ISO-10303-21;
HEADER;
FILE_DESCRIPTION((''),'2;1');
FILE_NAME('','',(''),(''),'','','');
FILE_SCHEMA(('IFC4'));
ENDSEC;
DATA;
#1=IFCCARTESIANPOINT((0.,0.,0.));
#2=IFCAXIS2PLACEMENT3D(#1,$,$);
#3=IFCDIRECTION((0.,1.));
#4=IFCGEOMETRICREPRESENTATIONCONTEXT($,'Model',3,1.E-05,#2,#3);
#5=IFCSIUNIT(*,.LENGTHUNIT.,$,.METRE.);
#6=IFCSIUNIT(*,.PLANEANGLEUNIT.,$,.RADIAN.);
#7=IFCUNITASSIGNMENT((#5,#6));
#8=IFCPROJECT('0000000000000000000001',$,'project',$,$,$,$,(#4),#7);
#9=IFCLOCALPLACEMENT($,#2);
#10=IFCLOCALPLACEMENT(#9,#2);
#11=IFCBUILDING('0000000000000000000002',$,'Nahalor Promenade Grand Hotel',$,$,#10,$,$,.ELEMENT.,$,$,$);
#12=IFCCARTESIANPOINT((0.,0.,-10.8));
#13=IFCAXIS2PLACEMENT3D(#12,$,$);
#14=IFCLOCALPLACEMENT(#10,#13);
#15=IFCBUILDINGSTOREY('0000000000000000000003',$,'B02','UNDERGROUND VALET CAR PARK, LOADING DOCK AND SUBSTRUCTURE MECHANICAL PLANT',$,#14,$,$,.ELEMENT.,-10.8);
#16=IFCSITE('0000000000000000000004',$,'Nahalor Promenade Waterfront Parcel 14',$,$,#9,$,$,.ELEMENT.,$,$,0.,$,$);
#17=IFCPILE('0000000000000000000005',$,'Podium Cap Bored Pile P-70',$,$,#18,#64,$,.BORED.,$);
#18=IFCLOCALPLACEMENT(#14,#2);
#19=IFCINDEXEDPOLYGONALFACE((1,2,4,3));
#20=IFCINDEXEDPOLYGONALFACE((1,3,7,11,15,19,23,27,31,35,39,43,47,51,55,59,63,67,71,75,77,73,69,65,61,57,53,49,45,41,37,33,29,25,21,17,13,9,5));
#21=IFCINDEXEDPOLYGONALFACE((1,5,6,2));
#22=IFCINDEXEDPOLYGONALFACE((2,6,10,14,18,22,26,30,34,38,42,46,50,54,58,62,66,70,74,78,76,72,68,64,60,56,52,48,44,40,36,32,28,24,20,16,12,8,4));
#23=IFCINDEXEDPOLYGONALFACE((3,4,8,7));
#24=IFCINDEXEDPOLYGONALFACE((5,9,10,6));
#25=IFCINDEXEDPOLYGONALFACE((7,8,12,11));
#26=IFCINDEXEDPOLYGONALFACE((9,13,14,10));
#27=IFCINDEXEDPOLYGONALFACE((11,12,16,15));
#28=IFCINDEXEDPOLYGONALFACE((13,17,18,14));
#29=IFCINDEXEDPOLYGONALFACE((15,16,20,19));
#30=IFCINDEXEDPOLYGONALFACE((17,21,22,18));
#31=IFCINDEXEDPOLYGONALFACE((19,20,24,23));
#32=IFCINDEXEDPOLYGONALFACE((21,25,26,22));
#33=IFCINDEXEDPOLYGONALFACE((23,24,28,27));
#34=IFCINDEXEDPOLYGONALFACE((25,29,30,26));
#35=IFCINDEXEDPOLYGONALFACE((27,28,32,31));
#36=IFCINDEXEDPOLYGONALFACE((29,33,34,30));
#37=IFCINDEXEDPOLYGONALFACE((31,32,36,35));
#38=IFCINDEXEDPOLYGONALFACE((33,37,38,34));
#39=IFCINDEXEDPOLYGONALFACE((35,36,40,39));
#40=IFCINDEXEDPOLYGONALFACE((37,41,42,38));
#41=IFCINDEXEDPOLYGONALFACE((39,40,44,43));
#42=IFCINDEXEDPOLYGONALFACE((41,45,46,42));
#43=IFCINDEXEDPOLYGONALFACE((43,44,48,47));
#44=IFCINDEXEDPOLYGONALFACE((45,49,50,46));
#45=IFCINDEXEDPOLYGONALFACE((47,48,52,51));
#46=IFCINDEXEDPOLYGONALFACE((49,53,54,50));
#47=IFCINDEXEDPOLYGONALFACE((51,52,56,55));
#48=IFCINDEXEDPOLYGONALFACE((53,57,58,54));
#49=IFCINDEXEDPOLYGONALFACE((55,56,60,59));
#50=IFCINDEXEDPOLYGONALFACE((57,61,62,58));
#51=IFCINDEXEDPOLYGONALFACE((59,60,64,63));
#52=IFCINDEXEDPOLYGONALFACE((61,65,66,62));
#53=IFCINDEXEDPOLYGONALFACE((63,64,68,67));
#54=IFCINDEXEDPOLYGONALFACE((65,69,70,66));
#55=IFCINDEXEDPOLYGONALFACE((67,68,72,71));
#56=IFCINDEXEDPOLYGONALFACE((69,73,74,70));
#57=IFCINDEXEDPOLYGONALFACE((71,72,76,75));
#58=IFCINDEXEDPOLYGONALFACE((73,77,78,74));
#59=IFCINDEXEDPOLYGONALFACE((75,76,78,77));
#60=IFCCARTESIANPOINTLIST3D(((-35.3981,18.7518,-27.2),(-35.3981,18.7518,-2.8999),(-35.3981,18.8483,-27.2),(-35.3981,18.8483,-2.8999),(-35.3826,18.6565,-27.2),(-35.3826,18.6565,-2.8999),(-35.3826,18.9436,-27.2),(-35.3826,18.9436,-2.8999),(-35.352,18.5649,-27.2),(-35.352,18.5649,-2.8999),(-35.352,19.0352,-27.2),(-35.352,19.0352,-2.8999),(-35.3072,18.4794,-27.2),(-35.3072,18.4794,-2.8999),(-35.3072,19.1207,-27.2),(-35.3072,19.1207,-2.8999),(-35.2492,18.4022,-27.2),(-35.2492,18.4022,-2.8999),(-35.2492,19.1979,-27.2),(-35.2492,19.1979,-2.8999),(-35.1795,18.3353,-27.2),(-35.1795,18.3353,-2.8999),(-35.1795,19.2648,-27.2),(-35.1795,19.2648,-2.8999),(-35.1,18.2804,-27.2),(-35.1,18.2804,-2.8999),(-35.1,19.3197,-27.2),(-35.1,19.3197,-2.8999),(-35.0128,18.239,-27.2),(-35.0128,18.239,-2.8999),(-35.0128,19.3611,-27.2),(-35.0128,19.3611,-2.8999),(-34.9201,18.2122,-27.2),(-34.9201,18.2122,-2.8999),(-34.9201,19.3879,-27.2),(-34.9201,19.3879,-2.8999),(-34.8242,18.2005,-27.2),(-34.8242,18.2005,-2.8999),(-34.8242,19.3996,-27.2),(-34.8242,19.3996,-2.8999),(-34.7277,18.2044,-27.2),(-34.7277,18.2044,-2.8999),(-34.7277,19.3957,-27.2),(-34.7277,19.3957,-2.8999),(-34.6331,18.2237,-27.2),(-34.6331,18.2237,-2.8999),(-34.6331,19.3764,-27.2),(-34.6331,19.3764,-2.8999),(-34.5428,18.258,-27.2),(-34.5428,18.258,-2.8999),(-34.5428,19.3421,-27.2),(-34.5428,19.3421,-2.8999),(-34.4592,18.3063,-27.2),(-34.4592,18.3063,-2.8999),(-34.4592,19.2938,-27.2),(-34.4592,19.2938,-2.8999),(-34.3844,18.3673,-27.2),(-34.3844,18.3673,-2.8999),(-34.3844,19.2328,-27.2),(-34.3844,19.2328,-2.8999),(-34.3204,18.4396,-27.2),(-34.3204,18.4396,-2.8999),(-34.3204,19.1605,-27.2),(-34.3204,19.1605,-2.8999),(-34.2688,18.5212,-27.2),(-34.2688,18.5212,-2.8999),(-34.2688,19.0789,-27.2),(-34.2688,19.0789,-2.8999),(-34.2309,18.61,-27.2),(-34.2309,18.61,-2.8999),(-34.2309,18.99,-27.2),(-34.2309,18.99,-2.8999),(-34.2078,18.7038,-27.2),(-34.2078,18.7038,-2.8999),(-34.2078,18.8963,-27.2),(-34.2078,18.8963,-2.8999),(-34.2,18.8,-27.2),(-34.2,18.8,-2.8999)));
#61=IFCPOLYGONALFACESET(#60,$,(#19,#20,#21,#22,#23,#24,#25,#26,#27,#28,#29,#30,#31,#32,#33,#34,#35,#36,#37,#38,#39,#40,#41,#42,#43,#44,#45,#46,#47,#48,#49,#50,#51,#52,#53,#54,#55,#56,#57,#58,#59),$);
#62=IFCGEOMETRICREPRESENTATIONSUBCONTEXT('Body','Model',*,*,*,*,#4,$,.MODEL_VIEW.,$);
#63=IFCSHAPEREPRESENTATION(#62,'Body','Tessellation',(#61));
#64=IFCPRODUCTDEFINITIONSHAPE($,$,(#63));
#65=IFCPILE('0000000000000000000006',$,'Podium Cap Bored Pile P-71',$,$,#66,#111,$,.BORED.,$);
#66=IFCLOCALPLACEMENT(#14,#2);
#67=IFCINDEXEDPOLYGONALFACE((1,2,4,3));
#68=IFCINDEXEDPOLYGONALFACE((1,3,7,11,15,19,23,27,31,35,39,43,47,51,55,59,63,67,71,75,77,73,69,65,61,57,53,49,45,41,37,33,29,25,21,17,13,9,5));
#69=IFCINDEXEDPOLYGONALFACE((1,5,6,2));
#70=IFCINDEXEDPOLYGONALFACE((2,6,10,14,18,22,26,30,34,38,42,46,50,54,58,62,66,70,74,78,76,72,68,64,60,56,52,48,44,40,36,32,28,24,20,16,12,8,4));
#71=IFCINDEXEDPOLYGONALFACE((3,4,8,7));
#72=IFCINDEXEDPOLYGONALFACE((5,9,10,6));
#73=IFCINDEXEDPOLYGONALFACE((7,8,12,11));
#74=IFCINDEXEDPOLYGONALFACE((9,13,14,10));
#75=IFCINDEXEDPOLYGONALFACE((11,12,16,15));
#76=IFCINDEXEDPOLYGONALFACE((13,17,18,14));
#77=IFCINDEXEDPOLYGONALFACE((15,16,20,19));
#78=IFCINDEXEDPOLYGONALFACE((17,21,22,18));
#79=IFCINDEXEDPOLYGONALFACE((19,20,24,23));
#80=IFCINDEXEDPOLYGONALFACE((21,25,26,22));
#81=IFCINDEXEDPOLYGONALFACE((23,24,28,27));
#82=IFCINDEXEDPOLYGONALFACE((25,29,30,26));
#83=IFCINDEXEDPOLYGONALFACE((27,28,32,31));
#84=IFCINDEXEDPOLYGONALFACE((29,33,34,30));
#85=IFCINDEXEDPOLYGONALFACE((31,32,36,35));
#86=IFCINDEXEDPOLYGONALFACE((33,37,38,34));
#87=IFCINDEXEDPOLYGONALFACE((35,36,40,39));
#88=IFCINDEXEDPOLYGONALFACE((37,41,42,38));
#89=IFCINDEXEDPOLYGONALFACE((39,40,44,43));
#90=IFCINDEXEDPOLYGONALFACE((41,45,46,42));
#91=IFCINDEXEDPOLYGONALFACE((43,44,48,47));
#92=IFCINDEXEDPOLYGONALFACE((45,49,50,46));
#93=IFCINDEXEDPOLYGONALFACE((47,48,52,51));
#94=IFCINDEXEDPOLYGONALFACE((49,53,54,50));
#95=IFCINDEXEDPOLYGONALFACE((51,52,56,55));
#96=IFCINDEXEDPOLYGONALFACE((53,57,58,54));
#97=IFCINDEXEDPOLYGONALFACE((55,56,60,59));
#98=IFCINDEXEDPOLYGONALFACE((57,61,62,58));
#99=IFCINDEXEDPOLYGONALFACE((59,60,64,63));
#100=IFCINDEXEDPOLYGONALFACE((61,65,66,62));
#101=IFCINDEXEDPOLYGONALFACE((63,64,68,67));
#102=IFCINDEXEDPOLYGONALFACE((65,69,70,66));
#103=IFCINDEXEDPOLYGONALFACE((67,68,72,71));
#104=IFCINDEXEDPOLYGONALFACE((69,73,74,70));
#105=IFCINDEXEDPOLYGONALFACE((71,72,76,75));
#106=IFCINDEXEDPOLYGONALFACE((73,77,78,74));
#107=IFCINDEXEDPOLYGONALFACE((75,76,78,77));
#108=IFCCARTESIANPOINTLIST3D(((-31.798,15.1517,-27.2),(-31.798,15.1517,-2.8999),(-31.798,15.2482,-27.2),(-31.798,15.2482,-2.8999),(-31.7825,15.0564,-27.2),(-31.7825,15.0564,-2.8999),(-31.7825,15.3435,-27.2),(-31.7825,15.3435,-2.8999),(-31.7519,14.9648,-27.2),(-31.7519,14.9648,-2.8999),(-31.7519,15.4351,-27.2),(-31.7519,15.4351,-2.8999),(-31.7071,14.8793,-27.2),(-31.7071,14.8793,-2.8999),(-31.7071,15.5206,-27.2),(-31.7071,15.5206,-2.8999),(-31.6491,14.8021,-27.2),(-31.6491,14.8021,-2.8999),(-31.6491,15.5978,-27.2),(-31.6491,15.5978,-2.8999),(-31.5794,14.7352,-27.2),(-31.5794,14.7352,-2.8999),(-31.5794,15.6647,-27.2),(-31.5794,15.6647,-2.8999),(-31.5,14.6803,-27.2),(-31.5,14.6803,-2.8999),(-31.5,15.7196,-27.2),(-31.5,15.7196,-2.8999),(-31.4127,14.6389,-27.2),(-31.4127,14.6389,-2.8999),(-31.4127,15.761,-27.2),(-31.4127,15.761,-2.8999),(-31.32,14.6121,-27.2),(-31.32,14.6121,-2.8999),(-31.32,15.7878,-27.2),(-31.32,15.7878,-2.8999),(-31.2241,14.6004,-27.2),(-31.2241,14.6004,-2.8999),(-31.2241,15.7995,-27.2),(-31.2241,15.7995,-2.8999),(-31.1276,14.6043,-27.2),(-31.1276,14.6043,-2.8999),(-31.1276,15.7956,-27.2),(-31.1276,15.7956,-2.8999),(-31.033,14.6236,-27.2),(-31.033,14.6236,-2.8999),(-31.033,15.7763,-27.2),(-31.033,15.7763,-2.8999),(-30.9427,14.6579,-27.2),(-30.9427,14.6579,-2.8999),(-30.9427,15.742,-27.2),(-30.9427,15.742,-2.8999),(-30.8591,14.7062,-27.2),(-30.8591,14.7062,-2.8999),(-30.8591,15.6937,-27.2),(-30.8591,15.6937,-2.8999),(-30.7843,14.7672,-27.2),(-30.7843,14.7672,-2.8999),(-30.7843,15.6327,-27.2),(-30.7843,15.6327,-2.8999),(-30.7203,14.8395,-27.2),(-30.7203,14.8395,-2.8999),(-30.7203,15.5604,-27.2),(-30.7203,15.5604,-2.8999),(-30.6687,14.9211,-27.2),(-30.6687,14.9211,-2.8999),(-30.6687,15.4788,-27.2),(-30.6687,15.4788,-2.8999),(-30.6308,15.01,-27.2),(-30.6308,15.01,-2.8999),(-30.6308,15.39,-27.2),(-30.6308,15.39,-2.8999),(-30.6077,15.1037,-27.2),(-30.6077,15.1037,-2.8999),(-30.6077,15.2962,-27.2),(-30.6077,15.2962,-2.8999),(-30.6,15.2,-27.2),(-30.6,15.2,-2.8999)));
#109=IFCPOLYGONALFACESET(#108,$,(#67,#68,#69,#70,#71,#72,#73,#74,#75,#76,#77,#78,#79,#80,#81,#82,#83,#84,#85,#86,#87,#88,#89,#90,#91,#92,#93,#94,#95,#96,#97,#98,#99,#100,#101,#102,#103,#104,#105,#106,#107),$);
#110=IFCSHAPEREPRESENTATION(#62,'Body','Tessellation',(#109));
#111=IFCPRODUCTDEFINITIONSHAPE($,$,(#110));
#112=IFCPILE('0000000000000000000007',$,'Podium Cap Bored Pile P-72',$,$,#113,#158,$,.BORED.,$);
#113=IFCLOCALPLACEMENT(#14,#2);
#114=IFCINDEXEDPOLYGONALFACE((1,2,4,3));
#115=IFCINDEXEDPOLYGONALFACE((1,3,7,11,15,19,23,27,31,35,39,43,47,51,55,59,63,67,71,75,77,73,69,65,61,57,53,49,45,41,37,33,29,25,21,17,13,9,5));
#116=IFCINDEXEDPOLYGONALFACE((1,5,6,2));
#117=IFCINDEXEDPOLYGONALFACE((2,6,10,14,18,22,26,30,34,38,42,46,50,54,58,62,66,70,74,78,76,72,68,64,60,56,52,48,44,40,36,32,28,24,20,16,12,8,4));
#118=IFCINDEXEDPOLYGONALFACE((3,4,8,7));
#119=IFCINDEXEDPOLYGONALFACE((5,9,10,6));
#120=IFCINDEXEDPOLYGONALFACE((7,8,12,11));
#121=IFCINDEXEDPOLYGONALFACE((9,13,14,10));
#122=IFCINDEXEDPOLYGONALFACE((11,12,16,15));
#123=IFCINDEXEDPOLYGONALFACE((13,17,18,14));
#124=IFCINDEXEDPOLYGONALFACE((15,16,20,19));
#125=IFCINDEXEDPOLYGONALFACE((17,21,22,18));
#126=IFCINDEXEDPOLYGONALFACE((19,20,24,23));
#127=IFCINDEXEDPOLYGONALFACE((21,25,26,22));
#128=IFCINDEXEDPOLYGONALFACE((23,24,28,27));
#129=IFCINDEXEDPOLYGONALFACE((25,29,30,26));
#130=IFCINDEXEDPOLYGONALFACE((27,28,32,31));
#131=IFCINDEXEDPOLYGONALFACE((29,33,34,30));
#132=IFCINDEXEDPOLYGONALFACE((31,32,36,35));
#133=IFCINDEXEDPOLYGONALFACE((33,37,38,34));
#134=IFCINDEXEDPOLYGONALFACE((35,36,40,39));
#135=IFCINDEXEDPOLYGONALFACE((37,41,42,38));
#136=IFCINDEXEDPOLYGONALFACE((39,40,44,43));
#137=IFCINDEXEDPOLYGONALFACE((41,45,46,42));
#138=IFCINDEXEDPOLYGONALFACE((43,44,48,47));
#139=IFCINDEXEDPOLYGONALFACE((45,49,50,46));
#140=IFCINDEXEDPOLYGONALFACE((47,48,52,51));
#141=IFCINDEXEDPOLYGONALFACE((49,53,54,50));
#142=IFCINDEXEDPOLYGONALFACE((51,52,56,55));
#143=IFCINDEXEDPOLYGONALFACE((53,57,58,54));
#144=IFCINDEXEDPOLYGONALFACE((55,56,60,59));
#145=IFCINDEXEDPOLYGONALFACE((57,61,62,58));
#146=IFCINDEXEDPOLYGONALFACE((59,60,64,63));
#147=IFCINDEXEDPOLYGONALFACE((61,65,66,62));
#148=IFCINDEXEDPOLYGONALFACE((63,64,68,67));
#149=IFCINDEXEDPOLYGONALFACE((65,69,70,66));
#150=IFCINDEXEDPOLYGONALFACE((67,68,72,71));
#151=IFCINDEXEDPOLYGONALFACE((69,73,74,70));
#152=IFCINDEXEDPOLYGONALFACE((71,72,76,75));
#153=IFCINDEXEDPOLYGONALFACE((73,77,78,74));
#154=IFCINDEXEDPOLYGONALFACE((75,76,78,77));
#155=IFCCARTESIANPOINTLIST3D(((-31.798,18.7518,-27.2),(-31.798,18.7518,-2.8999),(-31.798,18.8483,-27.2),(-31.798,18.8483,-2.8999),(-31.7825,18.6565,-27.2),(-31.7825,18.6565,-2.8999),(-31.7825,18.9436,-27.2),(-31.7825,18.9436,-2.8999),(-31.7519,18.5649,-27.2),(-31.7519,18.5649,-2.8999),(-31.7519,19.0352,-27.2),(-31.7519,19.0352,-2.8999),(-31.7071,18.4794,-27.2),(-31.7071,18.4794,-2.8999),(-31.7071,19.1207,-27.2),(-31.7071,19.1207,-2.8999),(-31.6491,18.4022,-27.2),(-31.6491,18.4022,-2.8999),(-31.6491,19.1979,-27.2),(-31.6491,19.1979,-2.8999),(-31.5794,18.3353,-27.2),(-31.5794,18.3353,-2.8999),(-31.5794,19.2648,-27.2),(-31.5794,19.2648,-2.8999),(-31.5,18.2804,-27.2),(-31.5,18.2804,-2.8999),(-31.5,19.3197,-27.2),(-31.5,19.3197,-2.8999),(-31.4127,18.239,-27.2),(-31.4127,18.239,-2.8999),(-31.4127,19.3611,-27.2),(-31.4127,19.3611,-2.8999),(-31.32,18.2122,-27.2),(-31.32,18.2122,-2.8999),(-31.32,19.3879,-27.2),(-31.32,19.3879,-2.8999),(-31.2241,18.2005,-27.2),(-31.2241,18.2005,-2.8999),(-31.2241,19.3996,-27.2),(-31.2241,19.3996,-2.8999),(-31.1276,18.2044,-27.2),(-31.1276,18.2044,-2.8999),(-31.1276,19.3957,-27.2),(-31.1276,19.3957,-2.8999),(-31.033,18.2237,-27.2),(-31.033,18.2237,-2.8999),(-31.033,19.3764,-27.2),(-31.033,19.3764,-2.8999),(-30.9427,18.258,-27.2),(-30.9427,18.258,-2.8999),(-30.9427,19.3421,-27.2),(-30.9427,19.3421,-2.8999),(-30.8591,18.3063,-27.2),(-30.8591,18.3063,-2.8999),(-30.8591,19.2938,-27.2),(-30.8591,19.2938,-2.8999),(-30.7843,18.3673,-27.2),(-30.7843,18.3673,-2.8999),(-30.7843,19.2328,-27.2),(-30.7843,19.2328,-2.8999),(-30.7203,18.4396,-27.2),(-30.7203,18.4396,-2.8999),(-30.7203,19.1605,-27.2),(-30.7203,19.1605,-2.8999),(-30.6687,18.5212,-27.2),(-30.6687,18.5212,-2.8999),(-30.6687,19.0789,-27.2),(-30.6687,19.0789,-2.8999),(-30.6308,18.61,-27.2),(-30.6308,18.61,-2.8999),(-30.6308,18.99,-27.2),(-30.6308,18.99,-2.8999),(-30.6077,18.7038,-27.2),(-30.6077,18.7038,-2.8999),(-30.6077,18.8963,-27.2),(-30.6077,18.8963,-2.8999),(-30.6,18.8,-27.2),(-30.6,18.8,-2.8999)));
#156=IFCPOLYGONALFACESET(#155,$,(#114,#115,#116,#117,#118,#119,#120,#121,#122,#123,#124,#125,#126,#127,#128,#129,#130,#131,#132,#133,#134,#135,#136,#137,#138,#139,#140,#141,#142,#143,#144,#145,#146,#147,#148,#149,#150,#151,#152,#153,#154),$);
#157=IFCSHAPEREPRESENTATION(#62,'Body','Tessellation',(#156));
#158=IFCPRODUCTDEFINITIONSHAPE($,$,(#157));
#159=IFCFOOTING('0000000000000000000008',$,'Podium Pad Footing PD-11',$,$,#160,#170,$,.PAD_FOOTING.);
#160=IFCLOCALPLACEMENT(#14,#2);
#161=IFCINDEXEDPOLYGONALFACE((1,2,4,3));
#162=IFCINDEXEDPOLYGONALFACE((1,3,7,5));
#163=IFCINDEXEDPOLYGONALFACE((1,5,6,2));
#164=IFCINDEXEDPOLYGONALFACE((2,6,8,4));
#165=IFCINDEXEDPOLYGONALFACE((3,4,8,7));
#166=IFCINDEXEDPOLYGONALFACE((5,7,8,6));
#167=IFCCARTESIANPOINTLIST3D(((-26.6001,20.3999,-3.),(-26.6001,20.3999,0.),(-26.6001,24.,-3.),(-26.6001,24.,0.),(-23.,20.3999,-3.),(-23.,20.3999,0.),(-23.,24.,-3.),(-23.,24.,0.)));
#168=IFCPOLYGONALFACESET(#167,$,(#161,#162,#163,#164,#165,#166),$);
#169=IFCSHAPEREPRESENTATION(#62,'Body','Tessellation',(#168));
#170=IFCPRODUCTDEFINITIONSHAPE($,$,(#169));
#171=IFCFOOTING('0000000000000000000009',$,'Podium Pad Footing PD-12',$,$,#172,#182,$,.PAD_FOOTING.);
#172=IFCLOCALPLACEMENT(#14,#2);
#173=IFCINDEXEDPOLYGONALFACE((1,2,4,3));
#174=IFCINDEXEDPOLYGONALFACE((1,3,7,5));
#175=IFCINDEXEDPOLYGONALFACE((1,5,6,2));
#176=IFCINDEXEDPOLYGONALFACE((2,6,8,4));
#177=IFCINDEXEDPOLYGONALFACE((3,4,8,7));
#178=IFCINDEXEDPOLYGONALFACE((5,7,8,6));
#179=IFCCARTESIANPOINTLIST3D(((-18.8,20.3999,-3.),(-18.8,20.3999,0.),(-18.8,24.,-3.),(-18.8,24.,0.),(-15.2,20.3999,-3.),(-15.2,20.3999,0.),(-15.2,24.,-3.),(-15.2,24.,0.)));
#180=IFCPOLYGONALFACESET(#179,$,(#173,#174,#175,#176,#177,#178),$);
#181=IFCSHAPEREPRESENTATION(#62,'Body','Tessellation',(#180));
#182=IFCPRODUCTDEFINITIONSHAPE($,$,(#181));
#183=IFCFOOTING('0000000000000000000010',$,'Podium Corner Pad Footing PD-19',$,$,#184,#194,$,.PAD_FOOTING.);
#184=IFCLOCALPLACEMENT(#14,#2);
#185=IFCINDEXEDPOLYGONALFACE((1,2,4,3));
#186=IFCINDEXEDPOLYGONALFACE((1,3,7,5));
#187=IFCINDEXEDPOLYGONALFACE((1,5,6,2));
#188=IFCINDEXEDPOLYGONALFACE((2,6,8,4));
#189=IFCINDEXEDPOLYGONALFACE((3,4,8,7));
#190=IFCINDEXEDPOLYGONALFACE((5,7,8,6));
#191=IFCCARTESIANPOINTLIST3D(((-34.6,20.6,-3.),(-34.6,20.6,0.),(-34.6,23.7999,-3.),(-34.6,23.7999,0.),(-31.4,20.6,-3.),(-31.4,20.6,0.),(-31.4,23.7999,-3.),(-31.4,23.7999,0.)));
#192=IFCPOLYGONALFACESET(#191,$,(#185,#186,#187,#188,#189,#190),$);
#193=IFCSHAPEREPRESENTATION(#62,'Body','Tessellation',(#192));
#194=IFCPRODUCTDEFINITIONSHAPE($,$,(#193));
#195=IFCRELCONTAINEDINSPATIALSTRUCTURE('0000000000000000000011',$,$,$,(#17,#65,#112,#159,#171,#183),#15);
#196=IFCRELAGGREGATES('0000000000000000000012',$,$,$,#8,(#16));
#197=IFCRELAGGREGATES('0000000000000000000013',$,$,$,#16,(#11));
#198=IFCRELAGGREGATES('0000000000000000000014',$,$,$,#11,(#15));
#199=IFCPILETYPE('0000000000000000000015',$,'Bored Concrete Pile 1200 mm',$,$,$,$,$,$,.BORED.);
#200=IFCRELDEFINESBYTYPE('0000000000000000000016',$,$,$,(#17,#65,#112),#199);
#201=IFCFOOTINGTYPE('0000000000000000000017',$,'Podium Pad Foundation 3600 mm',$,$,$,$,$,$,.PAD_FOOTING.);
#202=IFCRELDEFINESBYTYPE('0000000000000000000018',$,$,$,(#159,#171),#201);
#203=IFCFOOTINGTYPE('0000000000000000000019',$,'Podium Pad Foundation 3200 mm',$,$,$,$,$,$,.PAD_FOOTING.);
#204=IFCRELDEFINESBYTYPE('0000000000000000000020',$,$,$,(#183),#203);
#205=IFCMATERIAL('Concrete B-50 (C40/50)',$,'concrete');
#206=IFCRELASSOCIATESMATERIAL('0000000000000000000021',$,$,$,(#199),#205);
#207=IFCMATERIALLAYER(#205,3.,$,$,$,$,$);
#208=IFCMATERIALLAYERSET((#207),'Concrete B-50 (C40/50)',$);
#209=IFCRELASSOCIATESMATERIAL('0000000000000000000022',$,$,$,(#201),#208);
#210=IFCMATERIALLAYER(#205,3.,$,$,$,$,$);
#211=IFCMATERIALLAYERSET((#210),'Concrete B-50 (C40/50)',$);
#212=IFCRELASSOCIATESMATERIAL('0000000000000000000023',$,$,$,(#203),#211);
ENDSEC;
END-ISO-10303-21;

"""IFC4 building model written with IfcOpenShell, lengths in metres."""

from ifc_helpers import new_model, si_unit, direction, frame, origin, origin_2d, place, context, subcontext, project, spatial, rectangle, circle, extrude, source, transform, mapped, material, layer, layer_set, material_profile, profile_set, type_object, element, save


model = new_model("IFC4")

# Units and contexts
model_context = context("Model", 3, precision=1e-05, world=origin(), true_north=direction((0.0, 1.0)))
body_context = subcontext(model_context, "Body", "Model", "MODEL_VIEW")
ifc_project = project(units=[si_unit("LENGTHUNIT", "METRE"), si_unit("PLANEANGLEUNIT", "RADIAN")], contexts=[model_context])

# Site, building, storey
site_placement = place(None, origin())
site = spatial("IfcSite", under=ifc_project, at=site_placement, Name="Nahalor Promenade Waterfront Parcel 14", CompositionType="ELEMENT", RefElevation=0.0)
building_placement = place(site_placement, origin())
building = spatial("IfcBuilding", under=site, at=building_placement, Name="Nahalor Promenade Grand Hotel", CompositionType="ELEMENT")
storey_placement = place(building_placement, frame((0.0, 0.0, -10.8)))
storey = spatial("IfcBuildingStorey", under=building, at=storey_placement, Name="B02", Description="UNDERGROUND VALET CAR PARK, LOADING DOCK AND SUBSTRUCTURE MECHANICAL PLANT", CompositionType="ELEMENT", Elevation=-10.8)

# Shared definitions
ifc_material_1 = material(Name="Concrete B-50 (C40/50)", Category="concrete")

# Piles
ifc_material_profile_1 = material_profile(ifc_material_1, circle(Radius=0.6, at=origin_2d()), Name="PILE D1200")
ifc_profile_set_1 = profile_set([ifc_material_profile_1], Name="Concrete B-50 (C40/50)")
pile_type_1 = type_object("IfcPileType", Name="Bored Concrete Pile 1200 mm", PredefinedType="BORED", material=ifc_profile_set_1)
shared_shape_1 = source(origin(), body_context, "Body", "SweptSolid", [
    extrude(circle(Radius=0.6, at=origin_2d()), origin(), (0.0, 0.0, 1.0), 24.3),
])
for number, where, z_axis, x_axis, name in (
    (1, (-34.8, 18.8, -2.8999), (0.0, 0.0, -1.0), (1.0, 0.0, 0.0), "Podium Cap Bored Pile P-70"),
    (2, (-31.2, 15.2, -2.8999), (0.0, 0.0, -1.0), (1.0, 0.0, 0.0), "Podium Cap Bored Pile P-71"),
    (3, (-31.2, 18.8, -2.8999), (0.0, 0.0, -1.0), (1.0, 0.0, 0.0), "Podium Cap Bored Pile P-72"),
):
    element("IfcPile", number, at=place(storey_placement, frame(where, z_axis=z_axis, x_axis=x_axis)), inside=storey, type_object=pile_type_1, Name=name, PredefinedType="BORED", context=body_context, shape_type="MappedRepresentation", body=[
        mapped(shared_shape_1, transform((0.0, 0.0, 0.0), scale=1.0)),
    ])

# Footings
ifc_layer_1 = layer(ifc_material_1, 3.0)
ifc_layer_set_1 = layer_set([ifc_layer_1], Name="Concrete B-50 (C40/50)")
footing_type_1 = type_object("IfcFootingType", Name="Podium Pad Foundation 3600 mm", PredefinedType="PAD_FOOTING", material=ifc_layer_set_1)
shared_shape_2 = source(origin(), body_context, "Body", "SweptSolid", [
    extrude(rectangle(XDim=3.6001, YDim=3.6001, at=origin_2d()), origin(), (0.0, 0.0, 1.0), 3.0),
])
for number, where, z_axis, x_axis, name in (
    (4, (-24.8, 22.2, -3.0), (0.0, 0.0, 1.0), (1.0, 0.0, 0.0), "Podium Pad Footing PD-11"),
    (5, (-17.0, 22.2, -3.0), (0.0, 0.0, 1.0), (1.0, 0.0, 0.0), "Podium Pad Footing PD-12"),
):
    element("IfcFooting", number, at=place(storey_placement, frame(where, z_axis=z_axis, x_axis=x_axis)), inside=storey, type_object=footing_type_1, Name=name, PredefinedType="PAD_FOOTING", context=body_context, shape_type="MappedRepresentation", body=[
        mapped(shared_shape_2, transform((0.0, 0.0, 0.0), scale=1.0)),
    ])
ifc_layer_2 = layer(ifc_material_1, 3.0)
ifc_layer_set_2 = layer_set([ifc_layer_2], Name="Concrete B-50 (C40/50)")
footing_type_2 = type_object("IfcFootingType", Name="Podium Pad Foundation 3200 mm", PredefinedType="PAD_FOOTING", material=ifc_layer_set_2)
shared_shape_3 = source(origin(), body_context, "Body", "SweptSolid", [
    extrude(rectangle(XDim=3.2, YDim=3.2, at=origin_2d()), origin(), (0.0, 0.0, 1.0), 3.0),
])
footing_1_placement = place(storey_placement, frame((-33.0, 22.2, -3.0), z_axis=(0.0, 0.0, 1.0), x_axis=(1.0, 0.0, 0.0)))
element("IfcFooting", 6, at=footing_1_placement, inside=storey, type_object=footing_type_2, Name="Podium Corner Pad Footing PD-19", PredefinedType="PAD_FOOTING", context=body_context, shape_type="MappedRepresentation", body=[
    mapped(shared_shape_3, transform((0.0, 0.0, 0.0), scale=1.0)),
])

save(model, "model.ifc")
